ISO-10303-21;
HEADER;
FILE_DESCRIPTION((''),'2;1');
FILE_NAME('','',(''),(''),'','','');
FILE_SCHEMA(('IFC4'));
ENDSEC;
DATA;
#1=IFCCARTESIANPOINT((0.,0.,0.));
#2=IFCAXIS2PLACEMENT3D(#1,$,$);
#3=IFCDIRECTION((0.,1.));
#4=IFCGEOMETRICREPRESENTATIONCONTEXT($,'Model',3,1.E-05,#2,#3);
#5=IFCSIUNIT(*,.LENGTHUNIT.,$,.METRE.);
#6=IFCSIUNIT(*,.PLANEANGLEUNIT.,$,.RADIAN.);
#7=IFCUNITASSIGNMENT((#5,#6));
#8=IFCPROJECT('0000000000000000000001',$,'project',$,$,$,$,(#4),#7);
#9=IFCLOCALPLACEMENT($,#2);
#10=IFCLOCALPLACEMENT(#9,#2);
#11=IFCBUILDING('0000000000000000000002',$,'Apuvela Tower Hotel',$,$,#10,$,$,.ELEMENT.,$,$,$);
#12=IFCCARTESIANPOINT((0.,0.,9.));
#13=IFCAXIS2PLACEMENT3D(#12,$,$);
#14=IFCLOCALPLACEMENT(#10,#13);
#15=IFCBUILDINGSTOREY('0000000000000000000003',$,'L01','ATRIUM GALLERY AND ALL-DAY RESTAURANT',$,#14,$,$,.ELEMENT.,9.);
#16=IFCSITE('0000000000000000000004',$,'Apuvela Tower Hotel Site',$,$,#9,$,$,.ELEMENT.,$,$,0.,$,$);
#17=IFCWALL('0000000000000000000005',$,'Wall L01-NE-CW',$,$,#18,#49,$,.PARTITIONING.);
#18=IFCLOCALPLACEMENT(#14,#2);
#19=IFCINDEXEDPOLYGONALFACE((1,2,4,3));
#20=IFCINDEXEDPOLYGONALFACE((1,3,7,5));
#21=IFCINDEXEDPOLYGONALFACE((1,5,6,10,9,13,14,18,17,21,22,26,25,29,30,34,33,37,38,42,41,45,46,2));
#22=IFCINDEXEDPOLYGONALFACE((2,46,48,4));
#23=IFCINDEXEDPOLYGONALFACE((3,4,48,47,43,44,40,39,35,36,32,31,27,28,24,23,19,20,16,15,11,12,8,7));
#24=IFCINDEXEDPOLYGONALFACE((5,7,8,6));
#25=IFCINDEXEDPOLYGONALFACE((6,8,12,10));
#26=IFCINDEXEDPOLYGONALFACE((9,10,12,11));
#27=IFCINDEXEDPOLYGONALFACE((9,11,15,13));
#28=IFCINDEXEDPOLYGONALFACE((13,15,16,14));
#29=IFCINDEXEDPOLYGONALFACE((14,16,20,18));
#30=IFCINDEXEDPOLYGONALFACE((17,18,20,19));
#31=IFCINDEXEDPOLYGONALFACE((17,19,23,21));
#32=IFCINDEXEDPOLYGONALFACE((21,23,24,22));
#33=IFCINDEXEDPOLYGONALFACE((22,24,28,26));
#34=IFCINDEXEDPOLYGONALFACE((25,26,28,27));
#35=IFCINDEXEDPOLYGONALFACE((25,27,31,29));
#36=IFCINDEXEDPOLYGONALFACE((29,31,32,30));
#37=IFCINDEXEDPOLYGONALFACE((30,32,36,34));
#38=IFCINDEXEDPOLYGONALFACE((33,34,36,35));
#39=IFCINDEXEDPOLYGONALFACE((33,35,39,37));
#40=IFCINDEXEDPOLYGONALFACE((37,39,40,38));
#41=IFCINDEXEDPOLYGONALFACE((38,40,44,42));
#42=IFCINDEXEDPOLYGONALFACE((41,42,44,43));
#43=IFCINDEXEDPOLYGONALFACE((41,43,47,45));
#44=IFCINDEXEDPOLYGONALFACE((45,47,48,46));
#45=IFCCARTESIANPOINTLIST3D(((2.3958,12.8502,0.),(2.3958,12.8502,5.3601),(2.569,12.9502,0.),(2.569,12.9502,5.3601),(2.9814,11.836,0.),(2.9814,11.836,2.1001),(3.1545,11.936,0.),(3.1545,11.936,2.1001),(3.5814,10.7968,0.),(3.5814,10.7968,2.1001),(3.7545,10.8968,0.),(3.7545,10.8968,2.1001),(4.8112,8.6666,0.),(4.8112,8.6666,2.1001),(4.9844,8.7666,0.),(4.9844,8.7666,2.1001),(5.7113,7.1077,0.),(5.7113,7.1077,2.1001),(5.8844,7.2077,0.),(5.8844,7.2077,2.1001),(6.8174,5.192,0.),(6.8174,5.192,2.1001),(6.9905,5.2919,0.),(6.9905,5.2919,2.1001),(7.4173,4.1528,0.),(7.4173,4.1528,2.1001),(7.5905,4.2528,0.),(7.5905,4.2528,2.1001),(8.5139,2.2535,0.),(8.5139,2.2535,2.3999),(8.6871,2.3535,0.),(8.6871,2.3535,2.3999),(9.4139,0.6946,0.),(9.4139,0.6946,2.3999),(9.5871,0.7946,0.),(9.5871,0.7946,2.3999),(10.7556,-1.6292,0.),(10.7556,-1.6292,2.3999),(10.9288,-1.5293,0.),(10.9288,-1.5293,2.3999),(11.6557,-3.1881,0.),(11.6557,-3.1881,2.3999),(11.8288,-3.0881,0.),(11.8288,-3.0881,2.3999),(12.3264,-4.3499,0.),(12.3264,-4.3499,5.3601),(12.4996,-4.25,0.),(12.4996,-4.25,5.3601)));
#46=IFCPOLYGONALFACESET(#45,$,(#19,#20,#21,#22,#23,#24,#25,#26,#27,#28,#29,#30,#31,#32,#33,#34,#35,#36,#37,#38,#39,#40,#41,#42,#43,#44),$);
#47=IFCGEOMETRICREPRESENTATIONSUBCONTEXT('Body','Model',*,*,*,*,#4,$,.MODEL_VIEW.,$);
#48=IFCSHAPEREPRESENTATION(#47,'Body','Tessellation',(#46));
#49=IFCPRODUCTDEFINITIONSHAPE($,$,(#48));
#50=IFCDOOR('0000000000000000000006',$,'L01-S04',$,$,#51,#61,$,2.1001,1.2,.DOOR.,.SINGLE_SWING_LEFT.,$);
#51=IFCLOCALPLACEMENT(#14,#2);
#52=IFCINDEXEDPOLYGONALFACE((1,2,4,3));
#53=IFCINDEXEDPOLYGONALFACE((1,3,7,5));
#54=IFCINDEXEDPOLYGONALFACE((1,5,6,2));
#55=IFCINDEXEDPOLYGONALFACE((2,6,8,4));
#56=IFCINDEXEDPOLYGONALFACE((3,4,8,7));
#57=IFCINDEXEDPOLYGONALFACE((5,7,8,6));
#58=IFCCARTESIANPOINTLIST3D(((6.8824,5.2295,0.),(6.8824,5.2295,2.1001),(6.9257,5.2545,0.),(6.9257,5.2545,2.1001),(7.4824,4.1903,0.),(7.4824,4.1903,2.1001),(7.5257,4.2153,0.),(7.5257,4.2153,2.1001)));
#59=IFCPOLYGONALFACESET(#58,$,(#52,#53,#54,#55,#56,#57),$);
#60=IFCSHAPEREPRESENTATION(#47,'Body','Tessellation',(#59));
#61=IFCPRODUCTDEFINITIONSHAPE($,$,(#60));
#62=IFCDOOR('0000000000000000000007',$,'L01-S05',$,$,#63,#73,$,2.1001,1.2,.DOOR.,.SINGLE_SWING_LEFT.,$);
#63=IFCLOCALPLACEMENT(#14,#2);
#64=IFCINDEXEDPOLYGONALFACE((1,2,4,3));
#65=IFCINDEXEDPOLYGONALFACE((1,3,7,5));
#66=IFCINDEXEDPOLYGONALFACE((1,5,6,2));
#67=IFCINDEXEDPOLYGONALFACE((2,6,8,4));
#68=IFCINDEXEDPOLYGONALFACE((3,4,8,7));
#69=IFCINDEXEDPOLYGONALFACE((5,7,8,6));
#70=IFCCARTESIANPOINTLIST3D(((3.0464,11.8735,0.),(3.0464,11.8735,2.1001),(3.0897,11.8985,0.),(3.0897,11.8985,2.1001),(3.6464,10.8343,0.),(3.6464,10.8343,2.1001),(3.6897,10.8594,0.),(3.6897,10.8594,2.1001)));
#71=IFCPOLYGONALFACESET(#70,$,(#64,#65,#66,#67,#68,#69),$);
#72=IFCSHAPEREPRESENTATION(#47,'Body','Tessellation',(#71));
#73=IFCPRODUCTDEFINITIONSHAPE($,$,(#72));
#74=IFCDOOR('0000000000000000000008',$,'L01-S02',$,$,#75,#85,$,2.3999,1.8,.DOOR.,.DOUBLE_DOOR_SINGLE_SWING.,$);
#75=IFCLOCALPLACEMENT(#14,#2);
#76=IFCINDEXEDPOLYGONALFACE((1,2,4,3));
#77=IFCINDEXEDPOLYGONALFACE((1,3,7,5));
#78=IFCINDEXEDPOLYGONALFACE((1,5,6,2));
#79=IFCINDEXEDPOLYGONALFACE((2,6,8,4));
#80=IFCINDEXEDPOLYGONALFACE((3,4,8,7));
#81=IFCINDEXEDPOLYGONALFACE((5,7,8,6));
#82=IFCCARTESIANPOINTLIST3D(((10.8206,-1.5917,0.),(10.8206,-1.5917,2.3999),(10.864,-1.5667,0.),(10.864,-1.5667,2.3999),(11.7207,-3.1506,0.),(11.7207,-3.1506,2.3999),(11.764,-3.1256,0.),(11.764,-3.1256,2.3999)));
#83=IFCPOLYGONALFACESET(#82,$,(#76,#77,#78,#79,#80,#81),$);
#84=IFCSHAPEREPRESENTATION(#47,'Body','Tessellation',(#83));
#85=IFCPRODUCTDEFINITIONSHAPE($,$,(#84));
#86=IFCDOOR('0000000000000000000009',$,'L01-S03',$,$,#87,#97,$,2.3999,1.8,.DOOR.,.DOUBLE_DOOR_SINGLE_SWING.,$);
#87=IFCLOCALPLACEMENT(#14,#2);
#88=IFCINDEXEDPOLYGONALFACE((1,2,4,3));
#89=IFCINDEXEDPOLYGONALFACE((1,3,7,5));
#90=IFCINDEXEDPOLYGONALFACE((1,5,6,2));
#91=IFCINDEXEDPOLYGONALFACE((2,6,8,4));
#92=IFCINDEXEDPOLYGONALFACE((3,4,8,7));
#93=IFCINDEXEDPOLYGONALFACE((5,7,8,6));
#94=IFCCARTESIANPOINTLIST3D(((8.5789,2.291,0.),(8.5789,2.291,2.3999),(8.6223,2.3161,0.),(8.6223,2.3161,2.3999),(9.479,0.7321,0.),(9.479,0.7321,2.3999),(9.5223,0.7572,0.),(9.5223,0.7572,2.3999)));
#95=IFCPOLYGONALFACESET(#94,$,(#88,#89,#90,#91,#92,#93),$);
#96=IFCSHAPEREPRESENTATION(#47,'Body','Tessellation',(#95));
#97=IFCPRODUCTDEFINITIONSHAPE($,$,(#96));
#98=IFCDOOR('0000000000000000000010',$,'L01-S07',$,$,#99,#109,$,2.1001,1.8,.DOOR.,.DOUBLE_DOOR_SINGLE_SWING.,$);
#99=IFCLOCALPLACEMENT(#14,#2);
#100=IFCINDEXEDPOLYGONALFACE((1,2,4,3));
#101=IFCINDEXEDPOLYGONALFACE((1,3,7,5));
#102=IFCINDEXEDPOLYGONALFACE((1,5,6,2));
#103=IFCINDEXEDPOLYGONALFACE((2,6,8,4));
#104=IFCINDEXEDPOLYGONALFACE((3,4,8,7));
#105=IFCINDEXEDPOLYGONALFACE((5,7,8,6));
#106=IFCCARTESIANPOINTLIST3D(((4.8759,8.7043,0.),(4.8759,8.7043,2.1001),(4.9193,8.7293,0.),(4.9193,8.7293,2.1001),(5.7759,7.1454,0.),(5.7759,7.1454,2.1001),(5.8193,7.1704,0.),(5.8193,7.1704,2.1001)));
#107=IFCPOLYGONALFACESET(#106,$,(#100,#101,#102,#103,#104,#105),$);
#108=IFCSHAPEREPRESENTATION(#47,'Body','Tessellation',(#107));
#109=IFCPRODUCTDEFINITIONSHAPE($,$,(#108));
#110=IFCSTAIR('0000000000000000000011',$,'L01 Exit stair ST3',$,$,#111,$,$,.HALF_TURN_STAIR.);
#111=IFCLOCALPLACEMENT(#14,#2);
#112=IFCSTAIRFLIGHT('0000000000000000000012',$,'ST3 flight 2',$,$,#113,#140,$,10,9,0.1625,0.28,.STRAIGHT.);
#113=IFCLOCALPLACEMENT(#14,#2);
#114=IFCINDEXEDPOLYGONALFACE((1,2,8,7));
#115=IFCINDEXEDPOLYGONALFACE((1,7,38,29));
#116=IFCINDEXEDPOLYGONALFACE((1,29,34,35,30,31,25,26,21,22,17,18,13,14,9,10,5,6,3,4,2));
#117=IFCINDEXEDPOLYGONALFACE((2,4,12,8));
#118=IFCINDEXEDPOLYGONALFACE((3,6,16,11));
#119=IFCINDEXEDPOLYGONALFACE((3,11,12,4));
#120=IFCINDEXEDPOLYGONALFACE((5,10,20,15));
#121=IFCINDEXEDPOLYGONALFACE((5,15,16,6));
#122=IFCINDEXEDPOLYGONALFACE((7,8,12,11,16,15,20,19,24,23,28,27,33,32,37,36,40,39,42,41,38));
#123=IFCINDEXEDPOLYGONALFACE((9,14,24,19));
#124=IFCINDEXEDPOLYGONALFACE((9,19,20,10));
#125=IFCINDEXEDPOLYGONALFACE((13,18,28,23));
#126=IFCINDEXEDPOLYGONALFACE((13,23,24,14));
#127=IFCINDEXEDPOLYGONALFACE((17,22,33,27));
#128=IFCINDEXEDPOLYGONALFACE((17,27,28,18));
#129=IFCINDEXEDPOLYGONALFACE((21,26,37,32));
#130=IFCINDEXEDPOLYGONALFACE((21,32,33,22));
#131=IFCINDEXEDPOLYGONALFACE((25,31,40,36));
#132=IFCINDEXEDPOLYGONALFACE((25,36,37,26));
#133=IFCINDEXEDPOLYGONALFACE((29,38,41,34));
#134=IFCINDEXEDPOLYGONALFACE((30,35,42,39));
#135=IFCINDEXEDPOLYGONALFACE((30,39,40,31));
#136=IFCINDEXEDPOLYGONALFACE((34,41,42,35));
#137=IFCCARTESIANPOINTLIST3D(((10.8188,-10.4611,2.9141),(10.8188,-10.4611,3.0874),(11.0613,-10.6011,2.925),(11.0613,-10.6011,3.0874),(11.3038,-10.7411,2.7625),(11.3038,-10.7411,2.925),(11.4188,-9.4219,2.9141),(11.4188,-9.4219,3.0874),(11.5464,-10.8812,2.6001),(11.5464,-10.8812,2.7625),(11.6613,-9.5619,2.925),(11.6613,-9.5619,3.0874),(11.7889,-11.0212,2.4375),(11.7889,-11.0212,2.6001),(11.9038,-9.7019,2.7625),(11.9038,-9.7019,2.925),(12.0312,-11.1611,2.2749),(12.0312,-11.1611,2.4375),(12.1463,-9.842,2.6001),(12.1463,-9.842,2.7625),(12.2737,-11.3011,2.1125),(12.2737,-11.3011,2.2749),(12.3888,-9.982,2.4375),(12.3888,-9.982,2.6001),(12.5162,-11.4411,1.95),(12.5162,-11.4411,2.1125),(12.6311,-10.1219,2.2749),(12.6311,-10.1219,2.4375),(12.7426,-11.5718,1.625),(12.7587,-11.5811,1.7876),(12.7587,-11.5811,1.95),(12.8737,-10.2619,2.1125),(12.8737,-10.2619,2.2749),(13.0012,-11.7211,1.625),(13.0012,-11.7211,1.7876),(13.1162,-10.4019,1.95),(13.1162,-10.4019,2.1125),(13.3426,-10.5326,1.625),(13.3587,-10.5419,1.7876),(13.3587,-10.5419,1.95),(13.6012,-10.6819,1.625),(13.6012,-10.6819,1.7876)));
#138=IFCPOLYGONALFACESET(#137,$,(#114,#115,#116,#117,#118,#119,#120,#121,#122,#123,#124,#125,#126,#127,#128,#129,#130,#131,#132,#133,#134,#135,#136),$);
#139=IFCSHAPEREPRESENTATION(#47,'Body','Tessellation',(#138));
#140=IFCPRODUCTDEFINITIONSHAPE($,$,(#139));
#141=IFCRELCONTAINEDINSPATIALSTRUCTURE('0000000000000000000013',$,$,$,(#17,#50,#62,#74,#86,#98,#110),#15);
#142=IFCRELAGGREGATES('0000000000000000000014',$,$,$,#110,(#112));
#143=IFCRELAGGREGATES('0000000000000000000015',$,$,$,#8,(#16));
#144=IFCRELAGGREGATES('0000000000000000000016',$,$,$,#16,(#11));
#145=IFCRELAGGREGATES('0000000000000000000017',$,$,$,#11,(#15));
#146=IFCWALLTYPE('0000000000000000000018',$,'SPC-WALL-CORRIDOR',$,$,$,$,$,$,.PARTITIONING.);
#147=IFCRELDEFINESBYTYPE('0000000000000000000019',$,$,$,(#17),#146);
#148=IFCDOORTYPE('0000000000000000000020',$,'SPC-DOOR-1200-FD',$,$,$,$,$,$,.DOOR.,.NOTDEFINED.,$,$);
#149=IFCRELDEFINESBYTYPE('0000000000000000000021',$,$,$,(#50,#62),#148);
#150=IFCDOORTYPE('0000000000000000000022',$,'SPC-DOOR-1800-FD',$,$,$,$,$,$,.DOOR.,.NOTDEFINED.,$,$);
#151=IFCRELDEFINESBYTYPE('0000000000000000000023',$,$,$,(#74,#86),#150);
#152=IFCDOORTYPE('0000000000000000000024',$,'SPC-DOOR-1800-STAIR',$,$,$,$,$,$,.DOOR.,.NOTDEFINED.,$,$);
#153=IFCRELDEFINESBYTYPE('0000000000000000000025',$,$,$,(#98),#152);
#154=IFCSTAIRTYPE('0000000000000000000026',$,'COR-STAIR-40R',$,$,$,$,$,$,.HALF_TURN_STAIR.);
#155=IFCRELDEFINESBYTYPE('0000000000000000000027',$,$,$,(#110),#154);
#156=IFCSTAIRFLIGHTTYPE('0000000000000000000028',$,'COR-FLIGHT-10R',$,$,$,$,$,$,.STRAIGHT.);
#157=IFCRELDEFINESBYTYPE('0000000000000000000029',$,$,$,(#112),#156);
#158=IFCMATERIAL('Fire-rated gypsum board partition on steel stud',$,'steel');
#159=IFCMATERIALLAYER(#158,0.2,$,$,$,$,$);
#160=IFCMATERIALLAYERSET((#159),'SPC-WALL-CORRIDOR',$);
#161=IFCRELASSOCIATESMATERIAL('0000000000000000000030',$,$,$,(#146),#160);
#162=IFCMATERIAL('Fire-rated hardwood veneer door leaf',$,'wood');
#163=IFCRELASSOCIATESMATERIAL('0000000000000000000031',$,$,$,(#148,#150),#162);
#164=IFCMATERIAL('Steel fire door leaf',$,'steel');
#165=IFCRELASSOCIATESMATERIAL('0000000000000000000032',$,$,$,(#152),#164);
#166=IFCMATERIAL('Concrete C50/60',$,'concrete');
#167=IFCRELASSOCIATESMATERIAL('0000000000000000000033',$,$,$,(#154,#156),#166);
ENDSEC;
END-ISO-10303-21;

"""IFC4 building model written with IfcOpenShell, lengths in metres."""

from ifc_helpers import new_model, si_unit, direction, frame, frame_2d, origin, place, context, subcontext, project, spatial, polyline, rectangle, outline, extrude, material, layer, layer_set, type_object, element, fill, aggregate, save


model = new_model("IFC4")

# Units and contexts
model_context = context("Model", 3, precision=1e-05, world=origin(), true_north=direction((0.0, 1.0)))
body_context = subcontext(model_context, "Body", "Model", "MODEL_VIEW")
ifc_project = project(units=[si_unit("LENGTHUNIT", "METRE"), si_unit("PLANEANGLEUNIT", "RADIAN")], contexts=[model_context])

# Site, building, storey
site_placement = place(None, origin())
site = spatial("IfcSite", under=ifc_project, at=site_placement, Name="Apuvela Tower Hotel Site", CompositionType="ELEMENT", RefElevation=0.0)
building_placement = place(site_placement, origin())
building = spatial("IfcBuilding", under=site, at=building_placement, Name="Apuvela Tower Hotel", CompositionType="ELEMENT")
storey_placement = place(building_placement, frame((0.0, 0.0, 9.0)))
storey = spatial("IfcBuildingStorey", under=building, at=storey_placement, Name="L01", Description="ATRIUM GALLERY AND ALL-DAY RESTAURANT", CompositionType="ELEMENT", Elevation=9.0)

# Shared definitions
ifc_material_1 = material(Name="Concrete C50/60", Category="concrete")

# Wall, openings, doors
ifc_material_2 = material(Name="Fire-rated gypsum board partition on steel stud", Category="steel")
ifc_layer_1 = layer(ifc_material_2, 0.2)
ifc_layer_set_1 = layer_set([ifc_layer_1], Name="SPC-WALL-CORRIDOR")
wall_type_1 = type_object("IfcWallType", Name="SPC-WALL-CORRIDOR", PredefinedType="PARTITIONING", material=ifc_layer_set_1)
wall_1_placement = place(storey_placement, frame((12.4131, -4.3, 0.0), z_axis=(0.0, 0.0, 1.0), x_axis=(-0.500005, 0.866023, 0.0)))
wall_1 = element("IfcWall", 1, at=wall_1_placement, inside=storey, type_object=wall_type_1, Name="Wall L01-NE-CW", PredefinedType="PARTITIONING", context=body_context, shape_type="SweptSolid", body=[
    extrude(rectangle(XDim=19.8611, YDim=0.2, at=frame_2d((9.9307, 0.0))), origin(), (0.0, 0.0, 1.0), 5.3601),
])
opening_1_placement = place(wall_1_placement, frame((1.3418, 0.0, 0.0)))
opening_1 = element("IfcOpeningElement", 2, at=opening_1_placement, cuts=wall_1, PredefinedType="OPENING", context=body_context, shape_type="SweptSolid", body=[
    extrude(rectangle(XDim=1.8, YDim=2.3999, at=frame_2d((0.8999, 1.2))), frame((0.0, 0.1099, 0.0), z_axis=(0.0, -1.0, 0.0), x_axis=(1.0, 0.0, 0.0)), (0.0, 0.0, 1.0), 0.22),
])
opening_2_placement = place(wall_1_placement, frame((5.8252, 0.0, 0.0)))
opening_2 = element("IfcOpeningElement", 3, at=opening_2_placement, cuts=wall_1, PredefinedType="OPENING", context=body_context, shape_type="SweptSolid", body=[
    extrude(rectangle(XDim=1.8, YDim=2.3999, at=frame_2d((0.8999, 1.2))), frame((0.0, 0.1099, 0.0), z_axis=(0.0, -1.0, 0.0), x_axis=(1.0, 0.0, 0.0)), (0.0, 0.0, 1.0), 0.22),
])
opening_3_placement = place(wall_1_placement, frame((9.8181, 0.0, 0.0)))
opening_3 = element("IfcOpeningElement", 4, at=opening_3_placement, cuts=wall_1, PredefinedType="OPENING", context=body_context, shape_type="SweptSolid", body=[
    extrude(rectangle(XDim=1.2, YDim=2.1001, at=frame_2d((0.6001, 1.05))), frame((0.0, 0.1099, 0.0), z_axis=(0.0, -1.0, 0.0), x_axis=(1.0, 0.0, 0.0)), (0.0, 0.0, 1.0), 0.22),
])
opening_4_placement = place(wall_1_placement, frame((17.49, 0.0, 0.0)))
opening_4 = element("IfcOpeningElement", 5, at=opening_4_placement, cuts=wall_1, PredefinedType="OPENING", context=body_context, shape_type="SweptSolid", body=[
    extrude(rectangle(XDim=1.2, YDim=2.1001, at=frame_2d((0.6001, 1.05))), frame((0.0, 0.1099, 0.0), z_axis=(0.0, -1.0, 0.0), x_axis=(1.0, 0.0, 0.0)), (0.0, 0.0, 1.0), 0.22),
])
opening_5_placement = place(wall_1_placement, frame((13.2305, 0.0, 0.0)))
opening_5 = element("IfcOpeningElement", 6, at=opening_5_placement, cuts=wall_1, PredefinedType="OPENING", context=body_context, shape_type="SweptSolid", body=[
    extrude(rectangle(XDim=1.8, YDim=2.1001, at=frame_2d((0.8999, 1.05))), frame((0.0, 0.1099, 0.0), z_axis=(0.0, -1.0, 0.0), x_axis=(1.0, 0.0, 0.0)), (0.0, 0.0, 1.0), 0.22),
])
ifc_material_3 = material(Name="Fire-rated hardwood veneer door leaf", Category="wood")
door_type_1 = type_object("IfcDoorType", Name="SPC-DOOR-1200-FD", OperationType="NOTDEFINED", PredefinedType="DOOR", material=ifc_material_3)
door_1_placement = place(opening_3_placement, origin())
door_1 = element("IfcDoor", 7, at=door_1_placement, inside=storey, type_object=door_type_1, Name="L01-S04", OperationType="SINGLE_SWING_LEFT", OverallHeight=2.1001, OverallWidth=1.2, PredefinedType="DOOR", context=body_context, shape_type="SweptSolid", body=[
    extrude(rectangle(XDim=1.2, YDim=2.1001, at=frame_2d((0.6001, 1.05))), frame((0.0, 0.0249, 0.0), z_axis=(0.0, -1.0, 0.0), x_axis=(1.0, 0.0, 0.0)), (0.0, 0.0, 1.0), 0.05),
])
fill(opening_3, door_1)
door_2_placement = place(opening_4_placement, origin())
door_2 = element("IfcDoor", 8, at=door_2_placement, inside=storey, type_object=door_type_1, Name="L01-S05", OperationType="SINGLE_SWING_LEFT", OverallHeight=2.1001, OverallWidth=1.2, PredefinedType="DOOR", context=body_context, shape_type="SweptSolid", body=[
    extrude(rectangle(XDim=1.2, YDim=2.1001, at=frame_2d((0.6001, 1.05))), frame((0.0, 0.0249, 0.0), z_axis=(0.0, -1.0, 0.0), x_axis=(1.0, 0.0, 0.0)), (0.0, 0.0, 1.0), 0.05),
])
fill(opening_4, door_2)
door_type_2 = type_object("IfcDoorType", Name="SPC-DOOR-1800-FD", OperationType="NOTDEFINED", PredefinedType="DOOR", material=ifc_material_3)
door_3_placement = place(opening_1_placement, origin())
door_3 = element("IfcDoor", 9, at=door_3_placement, inside=storey, type_object=door_type_2, Name="L01-S02", OperationType="DOUBLE_DOOR_SINGLE_SWING", OverallHeight=2.3999, OverallWidth=1.8, PredefinedType="DOOR", context=body_context, shape_type="SweptSolid", body=[
    extrude(rectangle(XDim=1.8, YDim=2.3999, at=frame_2d((0.8999, 1.2))), frame((0.0, 0.0249, 0.0), z_axis=(0.0, -1.0, 0.0), x_axis=(1.0, 0.0, 0.0)), (0.0, 0.0, 1.0), 0.05),
])
fill(opening_1, door_3)
door_4_placement = place(opening_2_placement, origin())
door_4 = element("IfcDoor", 10, at=door_4_placement, inside=storey, type_object=door_type_2, Name="L01-S03", OperationType="DOUBLE_DOOR_SINGLE_SWING", OverallHeight=2.3999, OverallWidth=1.8, PredefinedType="DOOR", context=body_context, shape_type="SweptSolid", body=[
    extrude(rectangle(XDim=1.8, YDim=2.3999, at=frame_2d((0.8999, 1.2))), frame((0.0, 0.0249, 0.0), z_axis=(0.0, -1.0, 0.0), x_axis=(1.0, 0.0, 0.0)), (0.0, 0.0, 1.0), 0.05),
])
fill(opening_2, door_4)
ifc_material_4 = material(Name="Steel fire door leaf", Category="steel")
door_type_3 = type_object("IfcDoorType", Name="SPC-DOOR-1800-STAIR", OperationType="NOTDEFINED", PredefinedType="DOOR", material=ifc_material_4)
door_5_placement = place(opening_5_placement, frame((1.8, 0.0, 0.0), z_axis=(0.0, 0.0, 1.0), x_axis=(-1.0, 0.0, 0.0)))
door_5 = element("IfcDoor", 11, at=door_5_placement, inside=storey, type_object=door_type_3, Name="L01-S07", OperationType="DOUBLE_DOOR_SINGLE_SWING", OverallHeight=2.1001, OverallWidth=1.8, PredefinedType="DOOR", context=body_context, shape_type="SweptSolid", body=[
    extrude(rectangle(XDim=1.8, YDim=2.1001, at=frame_2d((0.8999, 1.05))), frame((0.0, 0.0249, 0.0), z_axis=(0.0, -1.0, 0.0), x_axis=(1.0, 0.0, 0.0)), (0.0, 0.0, 1.0), 0.05),
])
fill(opening_5, door_5)

# Stair, stair flight
stair_type = type_object("IfcStairType", Name="COR-STAIR-40R", PredefinedType="HALF_TURN_STAIR", material=ifc_material_1)
stair_placement = place(storey_placement, origin())
stair = element("IfcStair", 12, at=stair_placement, inside=storey, type_object=stair_type, Name="L01 Exit stair ST3", PredefinedType="HALF_TURN_STAIR")
stair_flight_type = type_object("IfcStairFlightType", Name="COR-FLIGHT-10R", PredefinedType="STRAIGHT", material=ifc_material_1)
stair_flight_1_placement = place(storey_placement, frame((13.3013, -11.2014, 1.625), z_axis=(0.0, 0.0, 1.0), x_axis=(-0.866025, 0.5, 0.0)))
stair_flight_1 = element("IfcStairFlight", 13, at=stair_flight_1_placement, type_object=stair_flight_type, Name="ST3 flight 2", NumberOfRisers=10, NumberOfTreads=9, PredefinedType="STRAIGHT", RiserHeight=0.1625, TreadLength=0.28, context=body_context, shape_type="SweptSolid", body=[
    extrude(outline(polyline([(0.0, 0.0), (0.0, 0.1626), (0.28, 0.1626), (0.28, 0.325), (0.5601, 0.325), (0.5601, 0.4875), (0.8401, 0.4875), (0.8401, 0.6499), (1.1201, 0.6499), (1.1201, 0.8125), (1.3999, 0.8125), (1.3999, 0.9751), (1.6799, 0.9751), (1.6799, 1.1375), (1.96, 1.1375), (1.96, 1.3), (2.24, 1.3), (2.24, 1.4624), (2.52, 1.4624), (2.52, 1.625), (2.52, 1.2891), (0.2986, 0.0), (0.0, 0.0)])), frame((0.0, 0.6001, 0.0), z_axis=(0.0, -1.0, 0.0), x_axis=(1.0, 0.0, 0.0)), (0.0, 0.0, 1.0), 1.2),
])
aggregate(stair, [stair_flight_1])

save(model, "model.ifc")
